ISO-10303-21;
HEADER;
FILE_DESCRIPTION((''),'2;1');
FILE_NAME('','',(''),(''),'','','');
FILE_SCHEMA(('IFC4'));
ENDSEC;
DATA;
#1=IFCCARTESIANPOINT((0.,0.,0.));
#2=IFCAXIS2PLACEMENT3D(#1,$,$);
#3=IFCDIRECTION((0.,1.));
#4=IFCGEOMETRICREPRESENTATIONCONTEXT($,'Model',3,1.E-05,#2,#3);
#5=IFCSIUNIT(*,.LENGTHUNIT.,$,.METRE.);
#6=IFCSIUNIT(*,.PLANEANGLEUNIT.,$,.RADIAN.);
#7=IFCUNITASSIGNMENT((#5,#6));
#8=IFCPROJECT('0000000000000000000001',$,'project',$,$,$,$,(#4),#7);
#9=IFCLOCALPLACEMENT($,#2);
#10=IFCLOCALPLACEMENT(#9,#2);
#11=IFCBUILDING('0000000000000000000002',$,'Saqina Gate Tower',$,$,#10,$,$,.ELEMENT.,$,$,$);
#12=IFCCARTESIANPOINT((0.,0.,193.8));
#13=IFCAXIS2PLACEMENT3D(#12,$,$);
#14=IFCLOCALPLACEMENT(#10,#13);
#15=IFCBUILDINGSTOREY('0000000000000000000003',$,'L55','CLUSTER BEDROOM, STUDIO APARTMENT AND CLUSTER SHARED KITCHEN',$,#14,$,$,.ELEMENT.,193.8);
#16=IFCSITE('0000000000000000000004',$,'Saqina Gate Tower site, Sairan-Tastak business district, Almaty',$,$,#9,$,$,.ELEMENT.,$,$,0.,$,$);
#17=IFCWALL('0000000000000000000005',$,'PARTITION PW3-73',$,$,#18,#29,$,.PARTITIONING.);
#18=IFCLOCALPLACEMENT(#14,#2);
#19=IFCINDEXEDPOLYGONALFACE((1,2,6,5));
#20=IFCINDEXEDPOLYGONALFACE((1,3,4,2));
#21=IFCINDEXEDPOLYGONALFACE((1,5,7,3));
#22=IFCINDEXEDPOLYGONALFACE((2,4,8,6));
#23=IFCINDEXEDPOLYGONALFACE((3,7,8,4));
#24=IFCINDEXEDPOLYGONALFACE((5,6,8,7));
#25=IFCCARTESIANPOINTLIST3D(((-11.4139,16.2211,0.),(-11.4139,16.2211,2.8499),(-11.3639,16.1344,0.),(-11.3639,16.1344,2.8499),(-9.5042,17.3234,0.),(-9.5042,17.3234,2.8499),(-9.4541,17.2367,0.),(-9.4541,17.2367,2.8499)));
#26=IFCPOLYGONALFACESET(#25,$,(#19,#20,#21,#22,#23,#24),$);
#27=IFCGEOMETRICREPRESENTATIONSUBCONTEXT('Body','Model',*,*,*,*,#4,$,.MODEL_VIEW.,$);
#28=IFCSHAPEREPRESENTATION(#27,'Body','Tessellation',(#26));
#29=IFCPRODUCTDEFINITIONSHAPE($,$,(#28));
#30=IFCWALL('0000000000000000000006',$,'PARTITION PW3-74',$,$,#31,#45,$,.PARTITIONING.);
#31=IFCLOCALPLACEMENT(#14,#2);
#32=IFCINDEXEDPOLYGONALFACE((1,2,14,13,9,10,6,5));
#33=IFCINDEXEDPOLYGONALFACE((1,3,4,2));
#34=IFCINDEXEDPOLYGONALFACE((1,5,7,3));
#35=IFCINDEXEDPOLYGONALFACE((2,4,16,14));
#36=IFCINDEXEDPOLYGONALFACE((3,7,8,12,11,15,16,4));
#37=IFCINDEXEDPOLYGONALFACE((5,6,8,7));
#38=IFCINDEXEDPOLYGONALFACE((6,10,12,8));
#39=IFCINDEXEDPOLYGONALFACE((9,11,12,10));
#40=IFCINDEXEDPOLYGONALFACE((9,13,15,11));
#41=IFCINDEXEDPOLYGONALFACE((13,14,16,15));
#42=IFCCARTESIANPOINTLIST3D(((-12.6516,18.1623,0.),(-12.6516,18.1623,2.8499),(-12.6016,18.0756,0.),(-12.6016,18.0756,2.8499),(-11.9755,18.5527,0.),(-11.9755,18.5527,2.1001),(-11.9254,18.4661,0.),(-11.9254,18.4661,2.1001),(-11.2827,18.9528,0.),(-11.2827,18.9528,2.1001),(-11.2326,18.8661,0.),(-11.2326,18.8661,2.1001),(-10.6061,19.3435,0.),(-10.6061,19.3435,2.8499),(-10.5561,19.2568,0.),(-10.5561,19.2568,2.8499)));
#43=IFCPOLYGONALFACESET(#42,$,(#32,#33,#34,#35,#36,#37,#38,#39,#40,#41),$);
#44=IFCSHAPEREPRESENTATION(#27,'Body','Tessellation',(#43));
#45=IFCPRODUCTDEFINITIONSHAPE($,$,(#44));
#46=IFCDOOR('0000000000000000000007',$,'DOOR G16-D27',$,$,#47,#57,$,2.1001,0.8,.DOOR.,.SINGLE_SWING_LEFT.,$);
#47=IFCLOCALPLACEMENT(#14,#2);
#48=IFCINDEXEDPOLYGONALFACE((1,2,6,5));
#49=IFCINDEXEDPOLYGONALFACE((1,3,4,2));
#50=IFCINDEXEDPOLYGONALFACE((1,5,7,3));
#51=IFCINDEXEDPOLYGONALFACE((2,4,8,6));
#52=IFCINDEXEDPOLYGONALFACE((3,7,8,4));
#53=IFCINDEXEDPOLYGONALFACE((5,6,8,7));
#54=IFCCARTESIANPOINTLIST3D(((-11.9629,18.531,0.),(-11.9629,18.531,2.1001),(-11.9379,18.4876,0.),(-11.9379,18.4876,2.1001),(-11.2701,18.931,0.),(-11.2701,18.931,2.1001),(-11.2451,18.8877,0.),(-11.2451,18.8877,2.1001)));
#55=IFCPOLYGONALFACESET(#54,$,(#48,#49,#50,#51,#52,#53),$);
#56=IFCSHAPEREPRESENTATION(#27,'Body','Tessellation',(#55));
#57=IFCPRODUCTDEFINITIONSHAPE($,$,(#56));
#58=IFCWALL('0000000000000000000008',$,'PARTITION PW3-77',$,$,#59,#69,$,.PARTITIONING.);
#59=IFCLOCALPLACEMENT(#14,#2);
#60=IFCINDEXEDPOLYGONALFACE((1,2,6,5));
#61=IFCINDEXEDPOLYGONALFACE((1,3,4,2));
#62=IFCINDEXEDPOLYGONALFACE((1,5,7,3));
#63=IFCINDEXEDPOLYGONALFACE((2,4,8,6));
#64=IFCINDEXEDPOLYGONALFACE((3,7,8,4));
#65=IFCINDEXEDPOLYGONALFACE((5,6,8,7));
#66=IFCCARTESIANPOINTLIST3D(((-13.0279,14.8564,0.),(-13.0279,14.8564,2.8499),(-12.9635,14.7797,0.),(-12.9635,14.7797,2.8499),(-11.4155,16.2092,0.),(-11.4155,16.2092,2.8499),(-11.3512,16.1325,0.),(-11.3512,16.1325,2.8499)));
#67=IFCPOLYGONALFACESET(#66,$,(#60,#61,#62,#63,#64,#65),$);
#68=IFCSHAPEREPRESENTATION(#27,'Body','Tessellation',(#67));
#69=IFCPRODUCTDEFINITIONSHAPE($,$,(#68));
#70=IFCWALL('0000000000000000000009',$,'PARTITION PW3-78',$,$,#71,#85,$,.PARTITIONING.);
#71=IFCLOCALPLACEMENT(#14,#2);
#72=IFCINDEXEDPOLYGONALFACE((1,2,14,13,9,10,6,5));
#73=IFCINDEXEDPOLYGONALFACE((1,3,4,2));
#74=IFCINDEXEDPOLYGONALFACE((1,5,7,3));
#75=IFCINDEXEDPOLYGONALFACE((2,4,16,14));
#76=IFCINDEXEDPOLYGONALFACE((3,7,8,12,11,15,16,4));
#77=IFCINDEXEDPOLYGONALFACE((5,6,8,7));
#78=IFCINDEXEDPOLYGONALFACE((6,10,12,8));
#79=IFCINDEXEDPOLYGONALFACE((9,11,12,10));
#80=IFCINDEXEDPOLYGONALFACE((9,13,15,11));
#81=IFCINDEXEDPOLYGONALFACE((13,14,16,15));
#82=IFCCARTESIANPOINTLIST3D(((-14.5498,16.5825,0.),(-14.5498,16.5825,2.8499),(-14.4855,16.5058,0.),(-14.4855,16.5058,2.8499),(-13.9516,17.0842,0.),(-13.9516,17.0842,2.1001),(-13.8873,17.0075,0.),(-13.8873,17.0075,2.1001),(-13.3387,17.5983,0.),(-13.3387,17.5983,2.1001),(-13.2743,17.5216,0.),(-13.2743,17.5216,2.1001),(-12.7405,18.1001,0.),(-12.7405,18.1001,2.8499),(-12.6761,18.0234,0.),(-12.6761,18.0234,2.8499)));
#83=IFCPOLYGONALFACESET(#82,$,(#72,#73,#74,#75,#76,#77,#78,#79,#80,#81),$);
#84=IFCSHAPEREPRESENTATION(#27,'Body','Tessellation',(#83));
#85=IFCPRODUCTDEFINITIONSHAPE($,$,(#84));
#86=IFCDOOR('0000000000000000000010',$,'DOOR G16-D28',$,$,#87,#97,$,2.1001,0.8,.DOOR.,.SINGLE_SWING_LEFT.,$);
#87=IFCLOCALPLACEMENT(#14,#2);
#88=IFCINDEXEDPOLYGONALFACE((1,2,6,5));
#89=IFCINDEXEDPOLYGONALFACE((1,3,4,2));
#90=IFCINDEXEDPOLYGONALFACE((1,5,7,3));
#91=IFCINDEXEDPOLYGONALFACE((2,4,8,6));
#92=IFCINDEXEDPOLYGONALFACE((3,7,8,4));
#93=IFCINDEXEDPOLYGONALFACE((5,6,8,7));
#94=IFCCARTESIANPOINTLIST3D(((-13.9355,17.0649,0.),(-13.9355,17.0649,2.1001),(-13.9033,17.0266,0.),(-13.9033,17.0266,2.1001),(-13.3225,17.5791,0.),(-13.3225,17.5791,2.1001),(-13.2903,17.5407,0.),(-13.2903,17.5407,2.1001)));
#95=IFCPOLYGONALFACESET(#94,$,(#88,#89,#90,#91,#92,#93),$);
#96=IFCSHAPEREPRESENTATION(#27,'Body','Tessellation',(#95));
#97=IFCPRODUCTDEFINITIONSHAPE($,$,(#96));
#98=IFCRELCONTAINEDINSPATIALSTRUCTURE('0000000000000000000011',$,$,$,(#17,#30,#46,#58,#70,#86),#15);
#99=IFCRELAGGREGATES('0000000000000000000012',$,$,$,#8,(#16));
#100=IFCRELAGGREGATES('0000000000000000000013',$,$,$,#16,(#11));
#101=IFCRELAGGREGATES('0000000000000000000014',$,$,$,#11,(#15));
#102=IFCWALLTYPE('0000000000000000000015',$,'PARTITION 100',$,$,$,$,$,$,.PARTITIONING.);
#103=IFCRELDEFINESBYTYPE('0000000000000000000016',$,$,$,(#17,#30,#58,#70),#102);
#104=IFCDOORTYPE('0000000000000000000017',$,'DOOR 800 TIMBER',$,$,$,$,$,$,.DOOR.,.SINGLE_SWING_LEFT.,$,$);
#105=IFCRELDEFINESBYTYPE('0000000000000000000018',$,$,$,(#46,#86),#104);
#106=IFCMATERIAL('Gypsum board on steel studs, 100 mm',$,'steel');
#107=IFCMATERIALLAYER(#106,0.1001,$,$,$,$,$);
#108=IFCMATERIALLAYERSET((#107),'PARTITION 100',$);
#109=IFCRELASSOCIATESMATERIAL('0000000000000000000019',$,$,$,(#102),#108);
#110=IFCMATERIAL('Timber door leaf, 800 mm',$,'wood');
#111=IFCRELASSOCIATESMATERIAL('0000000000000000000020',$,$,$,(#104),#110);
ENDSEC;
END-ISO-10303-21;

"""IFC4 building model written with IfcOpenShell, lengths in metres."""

from ifc_helpers import new_model, si_unit, direction, frame, frame_2d, origin, place, context, subcontext, project, spatial, rectangle, extrude, material, layer, layer_set, type_object, element, fill, save


model = new_model("IFC4")

# Units and contexts
model_context = context("Model", 3, precision=1e-05, world=origin(), true_north=direction((0.0, 1.0)))
body_context = subcontext(model_context, "Body", "Model", "MODEL_VIEW")
ifc_project = project(units=[si_unit("LENGTHUNIT", "METRE"), si_unit("PLANEANGLEUNIT", "RADIAN")], contexts=[model_context])

# Site, building, storey
site_placement = place(None, origin())
site = spatial("IfcSite", under=ifc_project, at=site_placement, Name="Saqina Gate Tower site, Sairan-Tastak business district, Almaty", CompositionType="ELEMENT", RefElevation=0.0)
building_placement = place(site_placement, origin())
building = spatial("IfcBuilding", under=site, at=building_placement, Name="Saqina Gate Tower", CompositionType="ELEMENT")
storey_placement = place(building_placement, frame((0.0, 0.0, 193.8)))
storey = spatial("IfcBuildingStorey", under=building, at=storey_placement, Name="L55", Description="CLUSTER BEDROOM, STUDIO APARTMENT AND CLUSTER SHARED KITCHEN", CompositionType="ELEMENT", Elevation=193.8)

# Wall
ifc_material_1 = material(Name="Gypsum board on steel studs, 100 mm", Category="steel")
ifc_layer_1 = layer(ifc_material_1, 0.1001)
ifc_layer_set_1 = layer_set([ifc_layer_1], Name="PARTITION 100")
wall_type_1 = type_object("IfcWallType", Name="PARTITION 100", PredefinedType="PARTITIONING", material=ifc_layer_set_1)
wall_1_placement = place(storey_placement, frame((-11.3889, 16.1777, 0.0), z_axis=(0.0, 0.0, 1.0), x_axis=(0.866075, 0.499914, 0.0)))
element("IfcWall", 1, at=wall_1_placement, inside=storey, type_object=wall_type_1, Name="PARTITION PW3-73", PredefinedType="PARTITIONING", context=body_context, shape_type="SweptSolid", body=[
    extrude(rectangle(XDim=2.2051, YDim=0.1001, at=frame_2d((1.1025, 0.0))), origin(), (0.0, 0.0, 1.0), 2.8499),
])

# Wall, opening, door
wall_2_placement = place(storey_placement, frame((-12.6267, 18.1189, 0.0), z_axis=(0.0, 0.0, 1.0), x_axis=(0.865982, 0.500074, 0.0)))
wall_2 = element("IfcWall", 2, at=wall_2_placement, inside=storey, type_object=wall_type_1, Name="PARTITION PW3-74", PredefinedType="PARTITIONING", context=body_context, shape_type="SweptSolid", body=[
    extrude(rectangle(XDim=2.3621, YDim=0.1001, at=frame_2d((1.1812, 0.0))), origin(), (0.0, 0.0, 1.0), 2.8499),
])
opening_1_placement = place(wall_2_placement, frame((0.781, 0.0, 0.0)))
opening_1 = element("IfcOpeningElement", 3, at=opening_1_placement, cuts=wall_2, PredefinedType="OPENING", context=body_context, shape_type="SweptSolid", body=[
    extrude(rectangle(XDim=0.8, YDim=2.1001, at=frame_2d((0.3999, 1.05))), frame((0.0, 0.062, 0.0), z_axis=(0.0, -1.0, 0.0), x_axis=(1.0, 0.0, 0.0)), (0.0, 0.0, 1.0), 0.124),
])
ifc_material_2 = material(Name="Timber door leaf, 800 mm", Category="wood")
door_type = type_object("IfcDoorType", Name="DOOR 800 TIMBER", OperationType="SINGLE_SWING_LEFT", PredefinedType="DOOR", material=ifc_material_2)
door_1_placement = place(opening_1_placement, origin())
door_1 = element("IfcDoor", 4, at=door_1_placement, inside=storey, type_object=door_type, Name="DOOR G16-D27", OperationType="SINGLE_SWING_LEFT", OverallHeight=2.1001, OverallWidth=0.8, PredefinedType="DOOR", context=body_context, shape_type="SweptSolid", body=[
    extrude(rectangle(XDim=0.8, YDim=2.1001, at=frame_2d((0.3999, 1.05))), frame((0.0, 0.0249, 0.0), z_axis=(0.0, -1.0, 0.0), x_axis=(1.0, 0.0, 0.0)), (0.0, 0.0, 1.0), 0.05),
])
fill(opening_1, door_1)

# Wall
wall_3_placement = place(storey_placement, frame((-12.9956, 14.8181, 0.0), z_axis=(0.0, 0.0, 1.0), x_axis=(0.766068, 0.642759, 0.0)))
element("IfcWall", 5, at=wall_3_placement, inside=storey, type_object=wall_type_1, Name="PARTITION PW3-77", PredefinedType="PARTITIONING", context=body_context, shape_type="SweptSolid", body=[
    extrude(rectangle(XDim=2.1047, YDim=0.1001, at=frame_2d((1.0522, 0.0))), origin(), (0.0, 0.0, 1.0), 2.8499),
])

# Wall, opening, door
wall_4_placement = place(storey_placement, frame((-14.5176, 16.5442, 0.0), z_axis=(0.0, 0.0, 1.0), x_axis=(0.766175, 0.642632, 0.0)))
wall_4 = element("IfcWall", 6, at=wall_4_placement, inside=storey, type_object=wall_type_1, Name="PARTITION PW3-78", PredefinedType="PARTITIONING", context=body_context, shape_type="SweptSolid", body=[
    extrude(rectangle(XDim=2.3616, YDim=0.1001, at=frame_2d((1.1807, 0.0))), origin(), (0.0, 0.0, 1.0), 2.8499),
])
opening_2_placement = place(wall_4_placement, frame((0.7808, 0.0, 0.0)))
opening_2 = element("IfcOpeningElement", 7, at=opening_2_placement, cuts=wall_4, PredefinedType="OPENING", context=body_context, shape_type="SweptSolid", body=[
    extrude(rectangle(XDim=0.8, YDim=2.1001, at=frame_2d((0.3999, 1.05))), frame((0.0, 0.062, 0.0), z_axis=(0.0, -1.0, 0.0), x_axis=(1.0, 0.0, 0.0)), (0.0, 0.0, 1.0), 0.124),
])
door_2_placement = place(opening_2_placement, origin())
door_2 = element("IfcDoor", 8, at=door_2_placement, inside=storey, type_object=door_type, Name="DOOR G16-D28", OperationType="SINGLE_SWING_LEFT", OverallHeight=2.1001, OverallWidth=0.8, PredefinedType="DOOR", context=body_context, shape_type="SweptSolid", body=[
    extrude(rectangle(XDim=0.8, YDim=2.1001, at=frame_2d((0.3999, 1.05))), frame((0.0, 0.0249, 0.0), z_axis=(0.0, -1.0, 0.0), x_axis=(1.0, 0.0, 0.0)), (0.0, 0.0, 1.0), 0.05),
])
fill(opening_2, door_2)

save(model, "model.ifc")
